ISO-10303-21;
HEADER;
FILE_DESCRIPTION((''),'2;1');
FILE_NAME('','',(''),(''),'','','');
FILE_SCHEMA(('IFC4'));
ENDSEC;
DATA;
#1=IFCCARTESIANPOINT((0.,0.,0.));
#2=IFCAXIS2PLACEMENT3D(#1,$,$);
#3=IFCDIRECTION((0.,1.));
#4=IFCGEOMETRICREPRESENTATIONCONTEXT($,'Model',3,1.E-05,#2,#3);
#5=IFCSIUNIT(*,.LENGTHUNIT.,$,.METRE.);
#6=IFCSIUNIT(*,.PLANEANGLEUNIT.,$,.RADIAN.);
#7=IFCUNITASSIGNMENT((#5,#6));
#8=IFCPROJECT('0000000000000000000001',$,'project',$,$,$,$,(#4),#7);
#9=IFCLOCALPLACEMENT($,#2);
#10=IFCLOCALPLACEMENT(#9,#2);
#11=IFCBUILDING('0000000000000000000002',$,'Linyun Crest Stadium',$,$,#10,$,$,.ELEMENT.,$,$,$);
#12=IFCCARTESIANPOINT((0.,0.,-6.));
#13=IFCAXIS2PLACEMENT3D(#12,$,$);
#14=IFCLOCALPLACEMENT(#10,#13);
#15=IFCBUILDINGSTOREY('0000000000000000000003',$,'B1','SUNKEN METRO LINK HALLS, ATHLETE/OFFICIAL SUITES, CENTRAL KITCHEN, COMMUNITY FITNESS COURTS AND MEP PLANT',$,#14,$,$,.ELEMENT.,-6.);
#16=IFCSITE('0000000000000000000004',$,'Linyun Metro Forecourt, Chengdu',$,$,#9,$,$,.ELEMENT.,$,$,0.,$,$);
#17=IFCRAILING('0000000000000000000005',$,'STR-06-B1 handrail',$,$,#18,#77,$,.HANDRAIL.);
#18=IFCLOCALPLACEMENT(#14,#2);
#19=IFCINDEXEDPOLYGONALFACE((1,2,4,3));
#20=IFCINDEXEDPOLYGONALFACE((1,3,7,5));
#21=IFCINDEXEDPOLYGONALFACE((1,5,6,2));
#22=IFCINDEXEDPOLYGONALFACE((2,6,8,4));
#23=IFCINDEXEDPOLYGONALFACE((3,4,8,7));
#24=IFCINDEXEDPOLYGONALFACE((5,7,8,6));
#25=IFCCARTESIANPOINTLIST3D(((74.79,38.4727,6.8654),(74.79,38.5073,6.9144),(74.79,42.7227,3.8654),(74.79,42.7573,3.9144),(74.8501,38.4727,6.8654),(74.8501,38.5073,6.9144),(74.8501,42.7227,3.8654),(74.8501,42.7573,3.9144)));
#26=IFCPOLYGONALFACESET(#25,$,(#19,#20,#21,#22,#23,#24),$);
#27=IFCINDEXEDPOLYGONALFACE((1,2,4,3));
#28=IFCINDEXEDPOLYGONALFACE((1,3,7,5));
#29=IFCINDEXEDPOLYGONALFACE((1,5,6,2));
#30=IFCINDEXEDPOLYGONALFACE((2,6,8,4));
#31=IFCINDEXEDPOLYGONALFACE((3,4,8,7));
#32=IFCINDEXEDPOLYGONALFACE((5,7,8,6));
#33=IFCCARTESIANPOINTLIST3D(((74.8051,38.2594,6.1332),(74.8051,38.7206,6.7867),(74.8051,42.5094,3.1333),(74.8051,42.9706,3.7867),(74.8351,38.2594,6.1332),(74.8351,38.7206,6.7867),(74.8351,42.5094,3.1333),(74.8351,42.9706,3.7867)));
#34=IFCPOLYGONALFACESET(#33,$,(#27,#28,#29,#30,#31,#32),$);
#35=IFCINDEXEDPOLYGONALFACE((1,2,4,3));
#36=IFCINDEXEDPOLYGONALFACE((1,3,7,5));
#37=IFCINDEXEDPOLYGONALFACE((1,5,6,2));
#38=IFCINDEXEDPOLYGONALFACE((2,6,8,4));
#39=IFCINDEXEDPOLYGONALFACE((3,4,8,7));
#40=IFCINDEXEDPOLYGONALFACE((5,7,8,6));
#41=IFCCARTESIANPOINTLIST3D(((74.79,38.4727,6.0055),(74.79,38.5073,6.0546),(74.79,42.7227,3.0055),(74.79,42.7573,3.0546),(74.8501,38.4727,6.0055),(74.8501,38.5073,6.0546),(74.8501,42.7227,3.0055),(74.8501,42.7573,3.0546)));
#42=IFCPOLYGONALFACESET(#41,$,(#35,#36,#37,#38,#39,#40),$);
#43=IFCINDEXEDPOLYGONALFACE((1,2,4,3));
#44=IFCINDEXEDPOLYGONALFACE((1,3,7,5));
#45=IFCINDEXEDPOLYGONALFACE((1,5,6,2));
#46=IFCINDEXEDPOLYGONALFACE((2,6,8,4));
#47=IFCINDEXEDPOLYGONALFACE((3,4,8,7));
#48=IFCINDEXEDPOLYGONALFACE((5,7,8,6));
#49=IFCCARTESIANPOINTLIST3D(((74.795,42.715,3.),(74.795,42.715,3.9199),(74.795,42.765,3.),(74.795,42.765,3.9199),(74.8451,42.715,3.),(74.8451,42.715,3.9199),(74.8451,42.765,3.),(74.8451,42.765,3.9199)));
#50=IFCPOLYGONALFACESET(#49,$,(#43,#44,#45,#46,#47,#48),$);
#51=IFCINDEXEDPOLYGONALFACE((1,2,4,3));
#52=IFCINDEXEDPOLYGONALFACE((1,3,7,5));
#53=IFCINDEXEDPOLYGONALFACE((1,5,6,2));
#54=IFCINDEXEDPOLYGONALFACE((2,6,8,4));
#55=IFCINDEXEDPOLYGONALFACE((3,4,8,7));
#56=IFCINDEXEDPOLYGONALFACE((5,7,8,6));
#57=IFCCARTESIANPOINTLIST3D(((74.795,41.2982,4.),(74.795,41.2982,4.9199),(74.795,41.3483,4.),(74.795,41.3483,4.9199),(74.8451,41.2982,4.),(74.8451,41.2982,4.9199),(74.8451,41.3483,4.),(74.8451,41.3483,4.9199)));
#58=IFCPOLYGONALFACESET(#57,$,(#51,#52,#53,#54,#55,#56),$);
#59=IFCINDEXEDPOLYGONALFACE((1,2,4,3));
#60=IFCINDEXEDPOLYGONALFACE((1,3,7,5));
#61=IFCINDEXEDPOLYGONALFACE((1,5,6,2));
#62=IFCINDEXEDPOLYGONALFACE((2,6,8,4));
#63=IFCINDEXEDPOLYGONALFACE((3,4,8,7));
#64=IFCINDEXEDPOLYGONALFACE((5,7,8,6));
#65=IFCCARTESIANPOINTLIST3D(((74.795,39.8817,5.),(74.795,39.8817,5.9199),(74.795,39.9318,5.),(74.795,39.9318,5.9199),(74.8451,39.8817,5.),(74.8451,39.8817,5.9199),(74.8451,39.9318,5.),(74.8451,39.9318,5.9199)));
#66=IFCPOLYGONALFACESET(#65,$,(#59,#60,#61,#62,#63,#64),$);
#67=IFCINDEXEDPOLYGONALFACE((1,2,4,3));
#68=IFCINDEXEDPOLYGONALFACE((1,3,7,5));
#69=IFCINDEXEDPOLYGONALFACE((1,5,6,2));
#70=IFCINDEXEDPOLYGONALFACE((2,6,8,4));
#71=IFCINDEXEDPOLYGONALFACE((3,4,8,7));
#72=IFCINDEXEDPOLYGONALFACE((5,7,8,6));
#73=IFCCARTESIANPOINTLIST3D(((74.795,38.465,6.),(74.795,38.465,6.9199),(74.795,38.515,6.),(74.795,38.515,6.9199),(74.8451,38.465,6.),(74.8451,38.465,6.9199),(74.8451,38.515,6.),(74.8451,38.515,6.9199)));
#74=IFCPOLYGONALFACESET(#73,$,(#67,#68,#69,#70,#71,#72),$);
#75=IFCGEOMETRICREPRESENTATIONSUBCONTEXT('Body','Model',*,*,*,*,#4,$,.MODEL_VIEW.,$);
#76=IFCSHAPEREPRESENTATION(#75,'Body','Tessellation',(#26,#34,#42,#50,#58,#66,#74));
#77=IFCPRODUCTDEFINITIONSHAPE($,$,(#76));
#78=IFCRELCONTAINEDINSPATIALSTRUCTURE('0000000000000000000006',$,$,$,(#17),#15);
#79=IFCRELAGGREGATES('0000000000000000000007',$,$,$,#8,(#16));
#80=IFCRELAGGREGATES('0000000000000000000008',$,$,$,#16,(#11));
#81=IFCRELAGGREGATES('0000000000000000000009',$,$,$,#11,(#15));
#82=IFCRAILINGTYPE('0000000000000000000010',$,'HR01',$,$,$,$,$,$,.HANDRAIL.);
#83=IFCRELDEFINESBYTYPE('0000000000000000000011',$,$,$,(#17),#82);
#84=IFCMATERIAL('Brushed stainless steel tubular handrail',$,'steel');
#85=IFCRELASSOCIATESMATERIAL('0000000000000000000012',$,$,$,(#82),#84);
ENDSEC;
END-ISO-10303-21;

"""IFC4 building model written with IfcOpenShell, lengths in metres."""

from ifc_helpers import new_model, si_unit, direction, frame, origin, origin_2d, place, context, subcontext, project, spatial, rectangle, extrude, material, type_object, element, save


model = new_model("IFC4")

# Units and contexts
model_context = context("Model", 3, precision=1e-05, world=origin(), true_north=direction((0.0, 1.0)))
body_context = subcontext(model_context, "Body", "Model", "MODEL_VIEW")
ifc_project = project(units=[si_unit("LENGTHUNIT", "METRE"), si_unit("PLANEANGLEUNIT", "RADIAN")], contexts=[model_context])

# Site, building, storey
site_placement = place(None, origin())
site = spatial("IfcSite", under=ifc_project, at=site_placement, Name="Linyun Metro Forecourt, Chengdu", CompositionType="ELEMENT", RefElevation=0.0)
building_placement = place(site_placement, origin())
building = spatial("IfcBuilding", under=site, at=building_placement, Name="Linyun Crest Stadium", CompositionType="ELEMENT")
storey_placement = place(building_placement, frame((0.0, 0.0, -6.0)))
storey = spatial("IfcBuildingStorey", under=building, at=storey_placement, Name="B1", Description="SUNKEN METRO LINK HALLS, ATHLETE/OFFICIAL SUITES, CENTRAL KITCHEN, COMMUNITY FITNESS COURTS AND MEP PLANT", CompositionType="ELEMENT", Elevation=-6.0)

# Railing
ifc_material_1 = material(Name="Brushed stainless steel tubular handrail", Category="steel")
railing_type_1 = type_object("IfcRailingType", Name="HR01", PredefinedType="HANDRAIL", material=ifc_material_1)
railing_1_placement = place(storey_placement, frame((74.8201, 42.74, 3.0)))
element("IfcRailing", 1, at=railing_1_placement, inside=storey, type_object=railing_type_1, Name="STR-06-B1 handrail", PredefinedType="HANDRAIL", context=body_context, shape_type="SweptSolid", body=[
    extrude(rectangle(XDim=0.0601, YDim=0.0601, at=origin_2d()), frame((0.0, 0.0, 0.8899), z_axis=(0.0, -0.816968, 0.576683), x_axis=(1.0, 0.0, 0.0)), (0.0, 0.0, 1.0), 5.2021),
    extrude(rectangle(XDim=0.03, YDim=0.7998, at=origin_2d()), frame((0.0, 0.0, 0.46), z_axis=(0.0, -0.816968, 0.576683), x_axis=(1.0, 0.0, 0.0)), (0.0, 0.0, 1.0), 5.2021),
    extrude(rectangle(XDim=0.0601, YDim=0.0601, at=origin_2d()), frame((0.0, 0.0, 0.03), z_axis=(0.0, -0.816968, 0.576683), x_axis=(1.0, 0.0, 0.0)), (0.0, 0.0, 1.0), 5.2021),
    extrude(rectangle(XDim=0.05, YDim=0.05, at=origin_2d()), origin(), (0.0, 0.0, 1.0), 0.9199),
    extrude(rectangle(XDim=0.05, YDim=0.05, at=origin_2d()), frame((0.0, -1.4167, 1.0)), (0.0, 0.0, 1.0), 0.9199),
    extrude(rectangle(XDim=0.05, YDim=0.05, at=origin_2d()), frame((0.0, -2.8333, 2.0)), (0.0, 0.0, 1.0), 0.9199),
    extrude(rectangle(XDim=0.05, YDim=0.05, at=origin_2d()), frame((0.0, -4.25, 3.0)), (0.0, 0.0, 1.0), 0.9199),
])

save(model, "model.ifc")
